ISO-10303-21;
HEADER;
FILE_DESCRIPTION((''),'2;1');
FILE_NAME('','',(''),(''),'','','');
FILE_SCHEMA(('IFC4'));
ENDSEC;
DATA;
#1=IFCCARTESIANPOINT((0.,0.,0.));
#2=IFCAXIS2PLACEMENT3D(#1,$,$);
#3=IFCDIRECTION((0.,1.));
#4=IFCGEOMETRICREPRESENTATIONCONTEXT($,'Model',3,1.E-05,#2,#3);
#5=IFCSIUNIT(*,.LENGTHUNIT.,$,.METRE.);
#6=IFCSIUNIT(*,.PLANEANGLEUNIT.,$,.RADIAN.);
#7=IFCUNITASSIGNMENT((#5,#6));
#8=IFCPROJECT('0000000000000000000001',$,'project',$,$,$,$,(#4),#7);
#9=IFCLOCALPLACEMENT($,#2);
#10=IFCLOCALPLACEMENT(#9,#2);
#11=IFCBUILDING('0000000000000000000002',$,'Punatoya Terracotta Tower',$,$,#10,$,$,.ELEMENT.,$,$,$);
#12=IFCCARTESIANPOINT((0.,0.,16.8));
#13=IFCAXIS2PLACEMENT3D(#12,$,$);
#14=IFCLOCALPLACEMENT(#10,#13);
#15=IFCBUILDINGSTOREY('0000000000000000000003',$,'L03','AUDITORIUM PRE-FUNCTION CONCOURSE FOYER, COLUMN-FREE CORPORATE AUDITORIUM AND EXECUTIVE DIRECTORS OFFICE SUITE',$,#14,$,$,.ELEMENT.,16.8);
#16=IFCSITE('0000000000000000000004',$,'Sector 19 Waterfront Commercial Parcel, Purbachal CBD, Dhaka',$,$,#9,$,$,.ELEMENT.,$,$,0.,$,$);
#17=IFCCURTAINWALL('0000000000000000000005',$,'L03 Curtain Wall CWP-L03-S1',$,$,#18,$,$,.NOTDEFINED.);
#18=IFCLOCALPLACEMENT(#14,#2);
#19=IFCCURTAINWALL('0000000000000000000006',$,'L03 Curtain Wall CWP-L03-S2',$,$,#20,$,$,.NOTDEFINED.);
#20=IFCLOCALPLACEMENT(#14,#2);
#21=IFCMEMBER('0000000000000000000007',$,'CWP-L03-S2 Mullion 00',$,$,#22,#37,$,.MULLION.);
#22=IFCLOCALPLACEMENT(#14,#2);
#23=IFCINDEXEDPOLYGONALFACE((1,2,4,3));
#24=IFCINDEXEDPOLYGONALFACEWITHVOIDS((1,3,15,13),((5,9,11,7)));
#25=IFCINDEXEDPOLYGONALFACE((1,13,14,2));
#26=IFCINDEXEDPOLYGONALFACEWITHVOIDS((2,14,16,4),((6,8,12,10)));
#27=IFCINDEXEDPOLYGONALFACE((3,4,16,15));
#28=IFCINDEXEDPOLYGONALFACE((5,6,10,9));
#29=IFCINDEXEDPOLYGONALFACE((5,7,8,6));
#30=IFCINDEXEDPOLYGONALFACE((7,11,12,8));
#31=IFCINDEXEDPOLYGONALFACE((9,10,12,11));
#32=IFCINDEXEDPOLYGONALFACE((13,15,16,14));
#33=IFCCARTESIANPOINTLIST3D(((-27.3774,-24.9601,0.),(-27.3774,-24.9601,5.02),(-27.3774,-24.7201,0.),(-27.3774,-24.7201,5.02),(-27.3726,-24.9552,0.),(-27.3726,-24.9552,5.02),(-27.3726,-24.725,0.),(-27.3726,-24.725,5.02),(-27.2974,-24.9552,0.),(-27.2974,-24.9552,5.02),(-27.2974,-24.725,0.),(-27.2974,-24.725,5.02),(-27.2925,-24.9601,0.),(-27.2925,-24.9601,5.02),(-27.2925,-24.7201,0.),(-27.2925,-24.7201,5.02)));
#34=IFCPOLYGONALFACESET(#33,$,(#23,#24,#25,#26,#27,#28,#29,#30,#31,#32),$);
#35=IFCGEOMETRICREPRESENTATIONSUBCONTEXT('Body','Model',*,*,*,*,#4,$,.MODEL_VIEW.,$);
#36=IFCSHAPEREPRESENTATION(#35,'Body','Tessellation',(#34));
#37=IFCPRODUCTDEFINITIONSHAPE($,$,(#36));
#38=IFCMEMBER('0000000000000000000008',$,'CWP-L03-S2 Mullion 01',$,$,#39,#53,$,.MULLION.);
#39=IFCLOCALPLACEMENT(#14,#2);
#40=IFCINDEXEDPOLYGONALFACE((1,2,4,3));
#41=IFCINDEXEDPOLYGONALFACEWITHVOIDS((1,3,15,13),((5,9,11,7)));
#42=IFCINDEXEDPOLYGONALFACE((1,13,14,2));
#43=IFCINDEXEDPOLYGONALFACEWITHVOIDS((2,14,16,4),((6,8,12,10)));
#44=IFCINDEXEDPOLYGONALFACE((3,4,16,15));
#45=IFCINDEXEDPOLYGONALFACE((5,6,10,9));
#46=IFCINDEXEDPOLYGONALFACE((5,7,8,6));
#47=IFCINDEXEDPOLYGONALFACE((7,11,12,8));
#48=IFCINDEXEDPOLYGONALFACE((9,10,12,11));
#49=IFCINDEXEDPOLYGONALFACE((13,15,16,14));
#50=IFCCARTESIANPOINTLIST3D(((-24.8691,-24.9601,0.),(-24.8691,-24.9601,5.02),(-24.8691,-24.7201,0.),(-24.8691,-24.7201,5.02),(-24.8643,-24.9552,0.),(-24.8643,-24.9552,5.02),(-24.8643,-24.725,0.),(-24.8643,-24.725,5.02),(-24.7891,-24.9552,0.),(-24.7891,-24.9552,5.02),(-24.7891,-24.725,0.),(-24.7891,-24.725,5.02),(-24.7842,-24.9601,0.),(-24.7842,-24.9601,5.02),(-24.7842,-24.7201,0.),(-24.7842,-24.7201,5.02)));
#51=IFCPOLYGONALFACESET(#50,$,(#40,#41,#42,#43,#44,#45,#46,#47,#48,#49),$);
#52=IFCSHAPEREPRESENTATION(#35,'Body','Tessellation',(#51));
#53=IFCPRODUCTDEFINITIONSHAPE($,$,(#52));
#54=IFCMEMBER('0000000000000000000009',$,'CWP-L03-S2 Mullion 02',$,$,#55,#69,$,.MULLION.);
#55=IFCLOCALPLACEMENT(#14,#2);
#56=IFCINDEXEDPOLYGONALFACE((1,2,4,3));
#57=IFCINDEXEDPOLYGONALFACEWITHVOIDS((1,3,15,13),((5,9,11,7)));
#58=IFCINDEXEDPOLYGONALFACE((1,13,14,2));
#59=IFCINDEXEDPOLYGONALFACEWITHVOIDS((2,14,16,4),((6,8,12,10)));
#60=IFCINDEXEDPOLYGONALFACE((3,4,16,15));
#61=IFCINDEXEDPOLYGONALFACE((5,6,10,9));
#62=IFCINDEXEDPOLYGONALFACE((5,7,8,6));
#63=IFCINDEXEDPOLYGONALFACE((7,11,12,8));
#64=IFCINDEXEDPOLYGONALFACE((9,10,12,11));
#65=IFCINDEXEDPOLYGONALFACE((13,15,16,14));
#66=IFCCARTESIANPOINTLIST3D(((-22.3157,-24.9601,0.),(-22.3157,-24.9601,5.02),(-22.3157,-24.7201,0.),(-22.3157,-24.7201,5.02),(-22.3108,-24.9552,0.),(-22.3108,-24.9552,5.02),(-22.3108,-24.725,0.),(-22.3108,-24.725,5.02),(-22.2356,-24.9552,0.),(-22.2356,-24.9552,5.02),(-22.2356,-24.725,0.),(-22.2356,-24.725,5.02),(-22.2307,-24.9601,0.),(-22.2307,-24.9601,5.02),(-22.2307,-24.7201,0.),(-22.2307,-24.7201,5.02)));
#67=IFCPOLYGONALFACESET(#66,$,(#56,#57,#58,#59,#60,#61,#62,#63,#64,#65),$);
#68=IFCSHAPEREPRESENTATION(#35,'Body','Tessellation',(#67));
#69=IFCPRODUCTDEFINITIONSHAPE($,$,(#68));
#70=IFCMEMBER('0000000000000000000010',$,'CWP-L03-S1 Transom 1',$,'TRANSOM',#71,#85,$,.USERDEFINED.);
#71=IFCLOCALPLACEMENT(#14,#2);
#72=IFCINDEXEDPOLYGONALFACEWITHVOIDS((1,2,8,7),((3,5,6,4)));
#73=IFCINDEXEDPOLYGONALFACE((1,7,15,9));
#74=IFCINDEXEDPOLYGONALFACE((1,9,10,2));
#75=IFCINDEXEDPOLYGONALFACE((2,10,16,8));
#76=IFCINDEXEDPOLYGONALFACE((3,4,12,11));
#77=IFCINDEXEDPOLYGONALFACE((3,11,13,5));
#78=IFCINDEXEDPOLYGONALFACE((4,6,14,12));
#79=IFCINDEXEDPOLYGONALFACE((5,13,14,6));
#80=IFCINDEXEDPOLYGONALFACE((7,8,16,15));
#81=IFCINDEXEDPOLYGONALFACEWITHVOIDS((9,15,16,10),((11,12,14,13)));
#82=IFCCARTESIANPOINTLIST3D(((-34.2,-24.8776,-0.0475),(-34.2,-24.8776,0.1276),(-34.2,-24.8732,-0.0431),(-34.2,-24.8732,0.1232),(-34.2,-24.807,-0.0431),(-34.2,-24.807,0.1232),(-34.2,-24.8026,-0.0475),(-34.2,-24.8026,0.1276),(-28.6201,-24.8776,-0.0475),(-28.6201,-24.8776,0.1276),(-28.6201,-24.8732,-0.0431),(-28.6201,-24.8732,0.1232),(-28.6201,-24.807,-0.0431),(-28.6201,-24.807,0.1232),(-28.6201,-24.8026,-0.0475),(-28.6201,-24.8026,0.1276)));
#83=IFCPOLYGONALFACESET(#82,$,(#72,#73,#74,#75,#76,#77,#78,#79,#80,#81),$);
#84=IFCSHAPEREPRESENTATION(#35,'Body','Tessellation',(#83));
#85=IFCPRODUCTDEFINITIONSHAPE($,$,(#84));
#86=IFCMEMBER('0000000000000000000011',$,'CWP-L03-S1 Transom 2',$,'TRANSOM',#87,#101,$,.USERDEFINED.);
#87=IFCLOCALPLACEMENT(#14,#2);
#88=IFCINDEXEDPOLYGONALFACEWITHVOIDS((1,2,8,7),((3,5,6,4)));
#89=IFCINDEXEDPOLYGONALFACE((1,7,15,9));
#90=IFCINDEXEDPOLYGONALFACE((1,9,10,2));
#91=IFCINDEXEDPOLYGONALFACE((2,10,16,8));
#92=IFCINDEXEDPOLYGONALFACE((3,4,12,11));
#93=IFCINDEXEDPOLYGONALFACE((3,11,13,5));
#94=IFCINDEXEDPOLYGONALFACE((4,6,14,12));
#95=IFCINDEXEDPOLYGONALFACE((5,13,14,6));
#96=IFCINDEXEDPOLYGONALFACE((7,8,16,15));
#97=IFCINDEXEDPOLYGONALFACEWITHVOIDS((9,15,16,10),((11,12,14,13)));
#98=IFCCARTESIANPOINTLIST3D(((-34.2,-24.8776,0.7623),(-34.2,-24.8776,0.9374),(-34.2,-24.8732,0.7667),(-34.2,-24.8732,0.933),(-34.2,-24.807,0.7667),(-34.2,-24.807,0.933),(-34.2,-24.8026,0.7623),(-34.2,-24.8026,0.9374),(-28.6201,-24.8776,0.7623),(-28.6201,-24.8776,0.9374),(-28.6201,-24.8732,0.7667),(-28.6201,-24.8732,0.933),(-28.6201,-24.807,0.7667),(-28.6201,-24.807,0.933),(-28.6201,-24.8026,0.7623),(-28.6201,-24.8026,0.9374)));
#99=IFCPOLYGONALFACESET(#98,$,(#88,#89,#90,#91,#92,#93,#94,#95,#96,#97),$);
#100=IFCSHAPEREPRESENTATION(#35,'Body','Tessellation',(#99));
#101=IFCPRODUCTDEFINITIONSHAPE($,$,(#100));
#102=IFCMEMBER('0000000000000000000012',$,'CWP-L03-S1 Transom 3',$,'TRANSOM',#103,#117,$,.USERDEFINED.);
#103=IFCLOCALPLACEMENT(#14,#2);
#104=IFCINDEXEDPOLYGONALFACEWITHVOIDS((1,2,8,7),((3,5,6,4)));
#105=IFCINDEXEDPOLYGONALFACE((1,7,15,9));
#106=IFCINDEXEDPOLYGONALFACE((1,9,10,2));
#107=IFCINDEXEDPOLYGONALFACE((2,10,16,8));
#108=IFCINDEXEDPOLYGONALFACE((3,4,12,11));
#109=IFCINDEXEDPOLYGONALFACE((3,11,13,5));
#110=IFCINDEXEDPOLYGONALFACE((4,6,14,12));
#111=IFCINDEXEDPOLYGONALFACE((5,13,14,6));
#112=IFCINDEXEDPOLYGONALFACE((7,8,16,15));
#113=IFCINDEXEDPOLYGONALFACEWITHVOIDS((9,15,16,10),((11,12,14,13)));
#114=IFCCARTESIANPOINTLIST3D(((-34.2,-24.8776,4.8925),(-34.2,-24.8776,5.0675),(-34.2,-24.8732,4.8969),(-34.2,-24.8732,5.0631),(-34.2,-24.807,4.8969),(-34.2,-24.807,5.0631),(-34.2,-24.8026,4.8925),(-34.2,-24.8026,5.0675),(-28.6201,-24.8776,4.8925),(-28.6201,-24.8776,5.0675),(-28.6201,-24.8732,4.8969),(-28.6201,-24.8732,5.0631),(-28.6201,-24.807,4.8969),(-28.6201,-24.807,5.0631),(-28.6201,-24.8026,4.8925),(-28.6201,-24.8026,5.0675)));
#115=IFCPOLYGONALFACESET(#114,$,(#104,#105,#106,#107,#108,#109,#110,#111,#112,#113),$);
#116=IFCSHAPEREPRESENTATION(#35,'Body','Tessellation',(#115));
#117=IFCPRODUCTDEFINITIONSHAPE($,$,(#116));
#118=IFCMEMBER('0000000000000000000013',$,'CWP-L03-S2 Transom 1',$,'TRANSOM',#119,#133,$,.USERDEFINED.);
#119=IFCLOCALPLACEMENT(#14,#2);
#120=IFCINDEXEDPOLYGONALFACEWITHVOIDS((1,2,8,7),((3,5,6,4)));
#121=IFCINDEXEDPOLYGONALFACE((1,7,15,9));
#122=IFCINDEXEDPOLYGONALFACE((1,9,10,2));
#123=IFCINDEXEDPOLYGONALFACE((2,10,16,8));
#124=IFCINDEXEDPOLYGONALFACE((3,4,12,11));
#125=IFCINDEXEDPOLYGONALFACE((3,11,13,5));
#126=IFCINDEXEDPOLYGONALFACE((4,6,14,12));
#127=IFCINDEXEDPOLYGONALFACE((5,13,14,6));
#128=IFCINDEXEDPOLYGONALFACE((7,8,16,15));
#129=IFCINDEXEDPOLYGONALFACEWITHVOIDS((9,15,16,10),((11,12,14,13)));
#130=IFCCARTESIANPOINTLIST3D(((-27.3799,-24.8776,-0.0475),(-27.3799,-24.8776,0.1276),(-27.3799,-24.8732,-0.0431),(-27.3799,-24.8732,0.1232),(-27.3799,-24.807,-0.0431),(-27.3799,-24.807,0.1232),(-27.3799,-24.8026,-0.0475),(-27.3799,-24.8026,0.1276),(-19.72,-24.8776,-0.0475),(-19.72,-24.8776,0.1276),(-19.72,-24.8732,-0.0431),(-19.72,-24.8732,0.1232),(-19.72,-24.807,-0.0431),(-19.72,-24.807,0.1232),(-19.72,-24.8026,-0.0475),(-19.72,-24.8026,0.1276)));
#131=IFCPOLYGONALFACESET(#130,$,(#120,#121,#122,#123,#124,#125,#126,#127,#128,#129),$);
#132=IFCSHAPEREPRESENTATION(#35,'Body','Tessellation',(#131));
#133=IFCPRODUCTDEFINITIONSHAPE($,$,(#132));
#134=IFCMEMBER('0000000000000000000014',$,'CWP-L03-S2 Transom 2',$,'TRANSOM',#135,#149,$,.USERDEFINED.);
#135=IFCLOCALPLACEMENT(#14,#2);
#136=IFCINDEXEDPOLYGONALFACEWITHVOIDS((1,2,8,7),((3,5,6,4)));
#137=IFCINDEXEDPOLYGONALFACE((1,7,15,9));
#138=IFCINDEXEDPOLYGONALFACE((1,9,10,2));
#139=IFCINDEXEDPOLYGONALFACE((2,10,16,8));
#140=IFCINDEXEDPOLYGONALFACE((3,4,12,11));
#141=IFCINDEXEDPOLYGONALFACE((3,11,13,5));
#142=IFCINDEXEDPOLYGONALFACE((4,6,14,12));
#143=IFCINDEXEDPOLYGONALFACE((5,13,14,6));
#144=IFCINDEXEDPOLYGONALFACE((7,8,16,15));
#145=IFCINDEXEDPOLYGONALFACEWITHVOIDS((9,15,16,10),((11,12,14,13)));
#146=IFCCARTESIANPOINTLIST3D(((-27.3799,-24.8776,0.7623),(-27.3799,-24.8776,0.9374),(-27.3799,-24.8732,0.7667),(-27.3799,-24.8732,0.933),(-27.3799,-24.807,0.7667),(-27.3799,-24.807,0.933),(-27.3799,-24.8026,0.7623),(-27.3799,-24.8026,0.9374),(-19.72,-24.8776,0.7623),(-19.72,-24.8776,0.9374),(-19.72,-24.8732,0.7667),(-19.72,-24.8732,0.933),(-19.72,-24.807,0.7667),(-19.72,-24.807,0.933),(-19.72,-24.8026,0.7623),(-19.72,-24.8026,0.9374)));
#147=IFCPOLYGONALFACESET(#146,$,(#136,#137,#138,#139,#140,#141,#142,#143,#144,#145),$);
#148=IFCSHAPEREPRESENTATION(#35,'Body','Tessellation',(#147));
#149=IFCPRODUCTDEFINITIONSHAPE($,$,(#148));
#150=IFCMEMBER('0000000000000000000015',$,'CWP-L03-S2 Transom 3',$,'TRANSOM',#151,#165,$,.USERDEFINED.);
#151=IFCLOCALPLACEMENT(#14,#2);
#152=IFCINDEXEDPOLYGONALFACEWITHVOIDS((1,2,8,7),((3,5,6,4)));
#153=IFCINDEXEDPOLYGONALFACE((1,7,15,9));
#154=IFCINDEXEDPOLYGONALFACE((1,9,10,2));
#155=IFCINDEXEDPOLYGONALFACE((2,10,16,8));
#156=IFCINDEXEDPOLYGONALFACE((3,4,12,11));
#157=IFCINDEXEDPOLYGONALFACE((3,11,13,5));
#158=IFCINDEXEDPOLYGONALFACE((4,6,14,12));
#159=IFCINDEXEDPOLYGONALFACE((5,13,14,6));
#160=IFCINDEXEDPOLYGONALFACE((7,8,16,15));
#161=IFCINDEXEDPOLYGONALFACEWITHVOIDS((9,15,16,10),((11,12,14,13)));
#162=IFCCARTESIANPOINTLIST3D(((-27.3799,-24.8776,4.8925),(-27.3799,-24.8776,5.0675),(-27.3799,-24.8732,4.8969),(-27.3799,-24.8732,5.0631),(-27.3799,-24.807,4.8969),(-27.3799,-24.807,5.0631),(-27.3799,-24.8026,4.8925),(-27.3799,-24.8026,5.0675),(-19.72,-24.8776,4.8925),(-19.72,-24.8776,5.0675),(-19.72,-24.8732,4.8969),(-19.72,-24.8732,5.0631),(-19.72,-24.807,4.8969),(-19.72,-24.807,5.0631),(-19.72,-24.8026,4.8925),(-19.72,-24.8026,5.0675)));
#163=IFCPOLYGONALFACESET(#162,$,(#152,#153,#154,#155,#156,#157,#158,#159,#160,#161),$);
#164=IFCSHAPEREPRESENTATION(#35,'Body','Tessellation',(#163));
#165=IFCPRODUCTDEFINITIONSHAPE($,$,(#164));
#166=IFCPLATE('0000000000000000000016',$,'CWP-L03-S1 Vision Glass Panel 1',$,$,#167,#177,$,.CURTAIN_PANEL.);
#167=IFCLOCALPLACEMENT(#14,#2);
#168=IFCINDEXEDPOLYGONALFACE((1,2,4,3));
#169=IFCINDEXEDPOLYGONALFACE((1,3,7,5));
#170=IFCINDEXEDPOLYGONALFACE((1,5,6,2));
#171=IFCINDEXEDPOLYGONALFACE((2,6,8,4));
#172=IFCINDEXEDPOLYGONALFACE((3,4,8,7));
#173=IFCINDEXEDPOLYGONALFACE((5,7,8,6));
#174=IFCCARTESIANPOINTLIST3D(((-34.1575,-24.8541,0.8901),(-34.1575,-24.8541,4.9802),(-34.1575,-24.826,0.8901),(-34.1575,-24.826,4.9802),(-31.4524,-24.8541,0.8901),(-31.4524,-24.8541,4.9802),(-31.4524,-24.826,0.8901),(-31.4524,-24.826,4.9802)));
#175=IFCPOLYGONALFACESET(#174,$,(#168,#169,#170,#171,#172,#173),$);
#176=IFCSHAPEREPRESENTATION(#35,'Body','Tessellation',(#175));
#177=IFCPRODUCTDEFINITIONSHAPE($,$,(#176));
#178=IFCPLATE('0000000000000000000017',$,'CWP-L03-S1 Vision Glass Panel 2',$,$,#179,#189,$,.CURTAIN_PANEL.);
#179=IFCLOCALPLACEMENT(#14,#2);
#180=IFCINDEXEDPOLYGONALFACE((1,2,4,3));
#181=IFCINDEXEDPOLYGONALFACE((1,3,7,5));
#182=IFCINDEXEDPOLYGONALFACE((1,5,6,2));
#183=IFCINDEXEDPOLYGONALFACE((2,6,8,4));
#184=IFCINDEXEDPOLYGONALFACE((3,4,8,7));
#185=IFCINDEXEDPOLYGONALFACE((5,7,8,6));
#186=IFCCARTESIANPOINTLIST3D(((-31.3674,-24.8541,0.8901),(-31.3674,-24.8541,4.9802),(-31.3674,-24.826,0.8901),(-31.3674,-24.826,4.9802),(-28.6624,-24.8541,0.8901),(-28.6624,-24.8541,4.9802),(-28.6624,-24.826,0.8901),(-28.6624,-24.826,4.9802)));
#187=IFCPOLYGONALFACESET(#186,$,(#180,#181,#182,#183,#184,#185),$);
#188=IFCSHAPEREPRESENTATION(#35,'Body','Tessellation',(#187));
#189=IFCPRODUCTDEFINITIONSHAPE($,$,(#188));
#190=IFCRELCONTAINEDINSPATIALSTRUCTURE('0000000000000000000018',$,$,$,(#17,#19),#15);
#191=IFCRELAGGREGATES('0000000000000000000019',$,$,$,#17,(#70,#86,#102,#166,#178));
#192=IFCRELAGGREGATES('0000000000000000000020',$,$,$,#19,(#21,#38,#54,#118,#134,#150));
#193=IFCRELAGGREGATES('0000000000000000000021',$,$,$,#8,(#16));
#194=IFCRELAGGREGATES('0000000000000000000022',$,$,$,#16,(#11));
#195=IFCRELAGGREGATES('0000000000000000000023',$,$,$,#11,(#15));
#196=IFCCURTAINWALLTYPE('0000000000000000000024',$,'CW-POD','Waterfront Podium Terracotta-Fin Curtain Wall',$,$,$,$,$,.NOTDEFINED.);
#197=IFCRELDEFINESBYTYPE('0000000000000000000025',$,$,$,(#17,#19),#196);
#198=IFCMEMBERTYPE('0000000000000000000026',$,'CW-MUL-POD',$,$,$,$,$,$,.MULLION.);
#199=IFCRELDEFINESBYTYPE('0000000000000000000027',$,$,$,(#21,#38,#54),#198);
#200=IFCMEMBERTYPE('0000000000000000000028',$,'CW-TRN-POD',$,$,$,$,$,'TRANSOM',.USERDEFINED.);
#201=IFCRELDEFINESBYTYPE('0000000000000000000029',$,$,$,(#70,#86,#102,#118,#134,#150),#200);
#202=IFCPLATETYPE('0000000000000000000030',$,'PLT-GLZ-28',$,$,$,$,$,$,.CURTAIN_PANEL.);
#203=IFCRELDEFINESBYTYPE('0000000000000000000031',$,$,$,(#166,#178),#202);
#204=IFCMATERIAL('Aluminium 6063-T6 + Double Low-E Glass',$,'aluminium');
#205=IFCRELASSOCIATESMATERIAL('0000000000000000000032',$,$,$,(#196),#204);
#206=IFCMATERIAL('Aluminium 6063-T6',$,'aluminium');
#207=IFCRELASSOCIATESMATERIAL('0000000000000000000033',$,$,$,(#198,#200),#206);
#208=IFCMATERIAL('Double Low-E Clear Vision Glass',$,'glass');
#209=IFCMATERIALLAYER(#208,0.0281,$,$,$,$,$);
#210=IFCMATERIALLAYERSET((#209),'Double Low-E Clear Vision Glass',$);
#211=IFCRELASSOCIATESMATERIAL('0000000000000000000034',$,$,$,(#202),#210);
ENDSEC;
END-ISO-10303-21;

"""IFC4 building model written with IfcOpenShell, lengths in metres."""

from ifc_helpers import new_model, si_unit, direction, frame, origin, origin_2d, place, context, subcontext, project, spatial, rectangle, hollow_rectangle, extrude, material, layer, layer_set, material_profile, profile_set, type_object, element, aggregate, save


model = new_model("IFC4")

# Units and contexts
model_context = context("Model", 3, precision=1e-05, world=origin(), true_north=direction((0.0, 1.0)))
body_context = subcontext(model_context, "Body", "Model", "MODEL_VIEW")
ifc_project = project(units=[si_unit("LENGTHUNIT", "METRE"), si_unit("PLANEANGLEUNIT", "RADIAN")], contexts=[model_context])

# Site, building, storey
site_placement = place(None, origin())
site = spatial("IfcSite", under=ifc_project, at=site_placement, Name="Sector 19 Waterfront Commercial Parcel, Purbachal CBD, Dhaka", CompositionType="ELEMENT", RefElevation=0.0)
building_placement = place(site_placement, origin())
building = spatial("IfcBuilding", under=site, at=building_placement, Name="Punatoya Terracotta Tower", CompositionType="ELEMENT")
storey_placement = place(building_placement, frame((0.0, 0.0, 16.8)))
storey = spatial("IfcBuildingStorey", under=building, at=storey_placement, Name="L03", Description="AUDITORIUM PRE-FUNCTION CONCOURSE FOYER, COLUMN-FREE CORPORATE AUDITORIUM AND EXECUTIVE DIRECTORS OFFICE SUITE", CompositionType="ELEMENT", Elevation=16.8)

# Curtain walls, members
ifc_material_1 = material(Name="Aluminium 6063-T6 + Double Low-E Glass", Category="aluminium")
curtain_wall_type = type_object("IfcCurtainWallType", Name="CW-POD", Description="Waterfront Podium Terracotta-Fin Curtain Wall", PredefinedType="NOTDEFINED", material=ifc_material_1)
curtain_wall_1_placement = place(storey_placement, origin())
curtain_wall_1 = element("IfcCurtainWall", 1, at=curtain_wall_1_placement, inside=storey, type_object=curtain_wall_type, Name="L03 Curtain Wall CWP-L03-S1", PredefinedType="NOTDEFINED")
ifc_material_2 = material(Name="Aluminium 6063-T6", Category="aluminium")
ifc_material_profile_1 = material_profile(ifc_material_2, hollow_rectangle(XDim=0.085, YDim=0.24, WallThickness=0.0049, at=origin_2d()))
ifc_profile_set_1 = profile_set([ifc_material_profile_1], Name="Aluminium 6063-T6")
member_type_1 = type_object("IfcMemberType", Name="CW-MUL-POD", PredefinedType="MULLION", material=ifc_profile_set_1)
curtain_wall_2_placement = place(storey_placement, origin())
curtain_wall_2 = element("IfcCurtainWall", 2, at=curtain_wall_2_placement, inside=storey, type_object=curtain_wall_type, Name="L03 Curtain Wall CWP-L03-S2", PredefinedType="NOTDEFINED")
member_1_placement = place(storey_placement, frame((-27.335, -24.8401, 0.0), z_axis=(0.0, 0.0, 1.0), x_axis=(1.0, 0.0, 0.0)))
member_1 = element("IfcMember", 3, at=member_1_placement, type_object=member_type_1, Name="CWP-L03-S2 Mullion 00", PredefinedType="MULLION", context=body_context, shape_type="SweptSolid", body=[
    extrude(hollow_rectangle(XDim=0.085, YDim=0.24, WallThickness=0.0049, at=origin_2d()), origin(), (0.0, 0.0, 1.0), 5.02),
])
member_2_placement = place(storey_placement, frame((-24.8267, -24.8401, 0.0), z_axis=(0.0, 0.0, 1.0), x_axis=(1.0, 0.0, 0.0)))
member_2 = element("IfcMember", 4, at=member_2_placement, type_object=member_type_1, Name="CWP-L03-S2 Mullion 01", PredefinedType="MULLION", context=body_context, shape_type="SweptSolid", body=[
    extrude(hollow_rectangle(XDim=0.085, YDim=0.24, WallThickness=0.0049, at=origin_2d()), origin(), (0.0, 0.0, 1.0), 5.02),
])
member_3_placement = place(storey_placement, frame((-22.2732, -24.8401, 0.0), z_axis=(0.0, 0.0, 1.0), x_axis=(1.0, 0.0, 0.0)))
member_3 = element("IfcMember", 5, at=member_3_placement, type_object=member_type_1, Name="CWP-L03-S2 Mullion 02", PredefinedType="MULLION", context=body_context, shape_type="SweptSolid", body=[
    extrude(hollow_rectangle(XDim=0.085, YDim=0.24, WallThickness=0.0049, at=origin_2d()), origin(), (0.0, 0.0, 1.0), 5.02),
])

# Members
ifc_material_profile_2 = material_profile(ifc_material_2, hollow_rectangle(XDim=0.075, YDim=0.175, WallThickness=0.0044, at=origin_2d()))
ifc_profile_set_2 = profile_set([ifc_material_profile_2], Name="Aluminium 6063-T6")
member_type_2 = type_object("IfcMemberType", Name="CW-TRN-POD", ElementType="TRANSOM", PredefinedType="USERDEFINED", material=ifc_profile_set_2)
member_4_placement = place(storey_placement, frame((-34.2, -24.8401, 0.04), z_axis=(1.0, 0.0, 0.0), x_axis=(0.0, 1.0, 0.0)))
member_4 = element("IfcMember", 6, at=member_4_placement, type_object=member_type_2, Name="CWP-L03-S1 Transom 1", ObjectType="TRANSOM", PredefinedType="USERDEFINED", context=body_context, shape_type="SweptSolid", body=[
    extrude(hollow_rectangle(XDim=0.075, YDim=0.175, WallThickness=0.0044, at=origin_2d()), origin(), (0.0, 0.0, 1.0), 5.5798),
])
member_5_placement = place(storey_placement, frame((-34.2, -24.8401, 0.8499), z_axis=(1.0, 0.0, 0.0), x_axis=(0.0, 1.0, 0.0)))
member_5 = element("IfcMember", 7, at=member_5_placement, type_object=member_type_2, Name="CWP-L03-S1 Transom 2", ObjectType="TRANSOM", PredefinedType="USERDEFINED", context=body_context, shape_type="SweptSolid", body=[
    extrude(hollow_rectangle(XDim=0.075, YDim=0.175, WallThickness=0.0044, at=origin_2d()), origin(), (0.0, 0.0, 1.0), 5.5798),
])
member_6_placement = place(storey_placement, frame((-34.2, -24.8401, 4.98), z_axis=(1.0, 0.0, 0.0), x_axis=(0.0, 1.0, 0.0)))
member_6 = element("IfcMember", 8, at=member_6_placement, type_object=member_type_2, Name="CWP-L03-S1 Transom 3", ObjectType="TRANSOM", PredefinedType="USERDEFINED", context=body_context, shape_type="SweptSolid", body=[
    extrude(hollow_rectangle(XDim=0.075, YDim=0.175, WallThickness=0.0044, at=origin_2d()), origin(), (0.0, 0.0, 1.0), 5.5798),
])
member_7_placement = place(storey_placement, frame((-27.3799, -24.8401, 0.04), z_axis=(1.0, 0.0, 0.0), x_axis=(0.0, 1.0, 0.0)))
member_7 = element("IfcMember", 9, at=member_7_placement, type_object=member_type_2, Name="CWP-L03-S2 Transom 1", ObjectType="TRANSOM", PredefinedType="USERDEFINED", context=body_context, shape_type="SweptSolid", body=[
    extrude(hollow_rectangle(XDim=0.075, YDim=0.175, WallThickness=0.0044, at=origin_2d()), origin(), (0.0, 0.0, 1.0), 7.6599),
])
member_8_placement = place(storey_placement, frame((-27.3799, -24.8401, 0.8499), z_axis=(1.0, 0.0, 0.0), x_axis=(0.0, 1.0, 0.0)))
member_8 = element("IfcMember", 10, at=member_8_placement, type_object=member_type_2, Name="CWP-L03-S2 Transom 2", ObjectType="TRANSOM", PredefinedType="USERDEFINED", context=body_context, shape_type="SweptSolid", body=[
    extrude(hollow_rectangle(XDim=0.075, YDim=0.175, WallThickness=0.0044, at=origin_2d()), origin(), (0.0, 0.0, 1.0), 7.6599),
])
member_9_placement = place(storey_placement, frame((-27.3799, -24.8401, 4.98), z_axis=(1.0, 0.0, 0.0), x_axis=(0.0, 1.0, 0.0)))
member_9 = element("IfcMember", 11, at=member_9_placement, type_object=member_type_2, Name="CWP-L03-S2 Transom 3", ObjectType="TRANSOM", PredefinedType="USERDEFINED", context=body_context, shape_type="SweptSolid", body=[
    extrude(hollow_rectangle(XDim=0.075, YDim=0.175, WallThickness=0.0044, at=origin_2d()), origin(), (0.0, 0.0, 1.0), 7.6599),
])

# Plates
ifc_material_3 = material(Name="Double Low-E Clear Vision Glass", Category="glass")
ifc_layer_1 = layer(ifc_material_3, 0.0281)
ifc_layer_set_1 = layer_set([ifc_layer_1], Name="Double Low-E Clear Vision Glass")
plate_type_1 = type_object("IfcPlateType", Name="PLT-GLZ-28", PredefinedType="CURTAIN_PANEL", material=ifc_layer_set_1)
plate_1_placement = place(storey_placement, frame((-32.8049, -24.8401, 0.8901), z_axis=(0.0, 0.0, 1.0), x_axis=(1.0, 0.0, 0.0)))
plate_1 = element("IfcPlate", 12, at=plate_1_placement, type_object=plate_type_1, Name="CWP-L03-S1 Vision Glass Panel 1", PredefinedType="CURTAIN_PANEL", context=body_context, shape_type="SweptSolid", body=[
    extrude(rectangle(XDim=2.7051, YDim=0.0281, at=origin_2d()), origin(), (0.0, 0.0, 1.0), 4.0901),
])
plate_2_placement = place(storey_placement, frame((-30.0149, -24.8401, 0.8901), z_axis=(0.0, 0.0, 1.0), x_axis=(1.0, 0.0, 0.0)))
plate_2 = element("IfcPlate", 13, at=plate_2_placement, type_object=plate_type_1, Name="CWP-L03-S1 Vision Glass Panel 2", PredefinedType="CURTAIN_PANEL", context=body_context, shape_type="SweptSolid", body=[
    extrude(rectangle(XDim=2.7051, YDim=0.0281, at=origin_2d()), origin(), (0.0, 0.0, 1.0), 4.0901),
])
aggregate(curtain_wall_1, [member_4, member_5, member_6, plate_1, plate_2])
aggregate(curtain_wall_2, [member_1, member_2, member_3, member_7, member_8, member_9])

save(model, "model.ifc")
